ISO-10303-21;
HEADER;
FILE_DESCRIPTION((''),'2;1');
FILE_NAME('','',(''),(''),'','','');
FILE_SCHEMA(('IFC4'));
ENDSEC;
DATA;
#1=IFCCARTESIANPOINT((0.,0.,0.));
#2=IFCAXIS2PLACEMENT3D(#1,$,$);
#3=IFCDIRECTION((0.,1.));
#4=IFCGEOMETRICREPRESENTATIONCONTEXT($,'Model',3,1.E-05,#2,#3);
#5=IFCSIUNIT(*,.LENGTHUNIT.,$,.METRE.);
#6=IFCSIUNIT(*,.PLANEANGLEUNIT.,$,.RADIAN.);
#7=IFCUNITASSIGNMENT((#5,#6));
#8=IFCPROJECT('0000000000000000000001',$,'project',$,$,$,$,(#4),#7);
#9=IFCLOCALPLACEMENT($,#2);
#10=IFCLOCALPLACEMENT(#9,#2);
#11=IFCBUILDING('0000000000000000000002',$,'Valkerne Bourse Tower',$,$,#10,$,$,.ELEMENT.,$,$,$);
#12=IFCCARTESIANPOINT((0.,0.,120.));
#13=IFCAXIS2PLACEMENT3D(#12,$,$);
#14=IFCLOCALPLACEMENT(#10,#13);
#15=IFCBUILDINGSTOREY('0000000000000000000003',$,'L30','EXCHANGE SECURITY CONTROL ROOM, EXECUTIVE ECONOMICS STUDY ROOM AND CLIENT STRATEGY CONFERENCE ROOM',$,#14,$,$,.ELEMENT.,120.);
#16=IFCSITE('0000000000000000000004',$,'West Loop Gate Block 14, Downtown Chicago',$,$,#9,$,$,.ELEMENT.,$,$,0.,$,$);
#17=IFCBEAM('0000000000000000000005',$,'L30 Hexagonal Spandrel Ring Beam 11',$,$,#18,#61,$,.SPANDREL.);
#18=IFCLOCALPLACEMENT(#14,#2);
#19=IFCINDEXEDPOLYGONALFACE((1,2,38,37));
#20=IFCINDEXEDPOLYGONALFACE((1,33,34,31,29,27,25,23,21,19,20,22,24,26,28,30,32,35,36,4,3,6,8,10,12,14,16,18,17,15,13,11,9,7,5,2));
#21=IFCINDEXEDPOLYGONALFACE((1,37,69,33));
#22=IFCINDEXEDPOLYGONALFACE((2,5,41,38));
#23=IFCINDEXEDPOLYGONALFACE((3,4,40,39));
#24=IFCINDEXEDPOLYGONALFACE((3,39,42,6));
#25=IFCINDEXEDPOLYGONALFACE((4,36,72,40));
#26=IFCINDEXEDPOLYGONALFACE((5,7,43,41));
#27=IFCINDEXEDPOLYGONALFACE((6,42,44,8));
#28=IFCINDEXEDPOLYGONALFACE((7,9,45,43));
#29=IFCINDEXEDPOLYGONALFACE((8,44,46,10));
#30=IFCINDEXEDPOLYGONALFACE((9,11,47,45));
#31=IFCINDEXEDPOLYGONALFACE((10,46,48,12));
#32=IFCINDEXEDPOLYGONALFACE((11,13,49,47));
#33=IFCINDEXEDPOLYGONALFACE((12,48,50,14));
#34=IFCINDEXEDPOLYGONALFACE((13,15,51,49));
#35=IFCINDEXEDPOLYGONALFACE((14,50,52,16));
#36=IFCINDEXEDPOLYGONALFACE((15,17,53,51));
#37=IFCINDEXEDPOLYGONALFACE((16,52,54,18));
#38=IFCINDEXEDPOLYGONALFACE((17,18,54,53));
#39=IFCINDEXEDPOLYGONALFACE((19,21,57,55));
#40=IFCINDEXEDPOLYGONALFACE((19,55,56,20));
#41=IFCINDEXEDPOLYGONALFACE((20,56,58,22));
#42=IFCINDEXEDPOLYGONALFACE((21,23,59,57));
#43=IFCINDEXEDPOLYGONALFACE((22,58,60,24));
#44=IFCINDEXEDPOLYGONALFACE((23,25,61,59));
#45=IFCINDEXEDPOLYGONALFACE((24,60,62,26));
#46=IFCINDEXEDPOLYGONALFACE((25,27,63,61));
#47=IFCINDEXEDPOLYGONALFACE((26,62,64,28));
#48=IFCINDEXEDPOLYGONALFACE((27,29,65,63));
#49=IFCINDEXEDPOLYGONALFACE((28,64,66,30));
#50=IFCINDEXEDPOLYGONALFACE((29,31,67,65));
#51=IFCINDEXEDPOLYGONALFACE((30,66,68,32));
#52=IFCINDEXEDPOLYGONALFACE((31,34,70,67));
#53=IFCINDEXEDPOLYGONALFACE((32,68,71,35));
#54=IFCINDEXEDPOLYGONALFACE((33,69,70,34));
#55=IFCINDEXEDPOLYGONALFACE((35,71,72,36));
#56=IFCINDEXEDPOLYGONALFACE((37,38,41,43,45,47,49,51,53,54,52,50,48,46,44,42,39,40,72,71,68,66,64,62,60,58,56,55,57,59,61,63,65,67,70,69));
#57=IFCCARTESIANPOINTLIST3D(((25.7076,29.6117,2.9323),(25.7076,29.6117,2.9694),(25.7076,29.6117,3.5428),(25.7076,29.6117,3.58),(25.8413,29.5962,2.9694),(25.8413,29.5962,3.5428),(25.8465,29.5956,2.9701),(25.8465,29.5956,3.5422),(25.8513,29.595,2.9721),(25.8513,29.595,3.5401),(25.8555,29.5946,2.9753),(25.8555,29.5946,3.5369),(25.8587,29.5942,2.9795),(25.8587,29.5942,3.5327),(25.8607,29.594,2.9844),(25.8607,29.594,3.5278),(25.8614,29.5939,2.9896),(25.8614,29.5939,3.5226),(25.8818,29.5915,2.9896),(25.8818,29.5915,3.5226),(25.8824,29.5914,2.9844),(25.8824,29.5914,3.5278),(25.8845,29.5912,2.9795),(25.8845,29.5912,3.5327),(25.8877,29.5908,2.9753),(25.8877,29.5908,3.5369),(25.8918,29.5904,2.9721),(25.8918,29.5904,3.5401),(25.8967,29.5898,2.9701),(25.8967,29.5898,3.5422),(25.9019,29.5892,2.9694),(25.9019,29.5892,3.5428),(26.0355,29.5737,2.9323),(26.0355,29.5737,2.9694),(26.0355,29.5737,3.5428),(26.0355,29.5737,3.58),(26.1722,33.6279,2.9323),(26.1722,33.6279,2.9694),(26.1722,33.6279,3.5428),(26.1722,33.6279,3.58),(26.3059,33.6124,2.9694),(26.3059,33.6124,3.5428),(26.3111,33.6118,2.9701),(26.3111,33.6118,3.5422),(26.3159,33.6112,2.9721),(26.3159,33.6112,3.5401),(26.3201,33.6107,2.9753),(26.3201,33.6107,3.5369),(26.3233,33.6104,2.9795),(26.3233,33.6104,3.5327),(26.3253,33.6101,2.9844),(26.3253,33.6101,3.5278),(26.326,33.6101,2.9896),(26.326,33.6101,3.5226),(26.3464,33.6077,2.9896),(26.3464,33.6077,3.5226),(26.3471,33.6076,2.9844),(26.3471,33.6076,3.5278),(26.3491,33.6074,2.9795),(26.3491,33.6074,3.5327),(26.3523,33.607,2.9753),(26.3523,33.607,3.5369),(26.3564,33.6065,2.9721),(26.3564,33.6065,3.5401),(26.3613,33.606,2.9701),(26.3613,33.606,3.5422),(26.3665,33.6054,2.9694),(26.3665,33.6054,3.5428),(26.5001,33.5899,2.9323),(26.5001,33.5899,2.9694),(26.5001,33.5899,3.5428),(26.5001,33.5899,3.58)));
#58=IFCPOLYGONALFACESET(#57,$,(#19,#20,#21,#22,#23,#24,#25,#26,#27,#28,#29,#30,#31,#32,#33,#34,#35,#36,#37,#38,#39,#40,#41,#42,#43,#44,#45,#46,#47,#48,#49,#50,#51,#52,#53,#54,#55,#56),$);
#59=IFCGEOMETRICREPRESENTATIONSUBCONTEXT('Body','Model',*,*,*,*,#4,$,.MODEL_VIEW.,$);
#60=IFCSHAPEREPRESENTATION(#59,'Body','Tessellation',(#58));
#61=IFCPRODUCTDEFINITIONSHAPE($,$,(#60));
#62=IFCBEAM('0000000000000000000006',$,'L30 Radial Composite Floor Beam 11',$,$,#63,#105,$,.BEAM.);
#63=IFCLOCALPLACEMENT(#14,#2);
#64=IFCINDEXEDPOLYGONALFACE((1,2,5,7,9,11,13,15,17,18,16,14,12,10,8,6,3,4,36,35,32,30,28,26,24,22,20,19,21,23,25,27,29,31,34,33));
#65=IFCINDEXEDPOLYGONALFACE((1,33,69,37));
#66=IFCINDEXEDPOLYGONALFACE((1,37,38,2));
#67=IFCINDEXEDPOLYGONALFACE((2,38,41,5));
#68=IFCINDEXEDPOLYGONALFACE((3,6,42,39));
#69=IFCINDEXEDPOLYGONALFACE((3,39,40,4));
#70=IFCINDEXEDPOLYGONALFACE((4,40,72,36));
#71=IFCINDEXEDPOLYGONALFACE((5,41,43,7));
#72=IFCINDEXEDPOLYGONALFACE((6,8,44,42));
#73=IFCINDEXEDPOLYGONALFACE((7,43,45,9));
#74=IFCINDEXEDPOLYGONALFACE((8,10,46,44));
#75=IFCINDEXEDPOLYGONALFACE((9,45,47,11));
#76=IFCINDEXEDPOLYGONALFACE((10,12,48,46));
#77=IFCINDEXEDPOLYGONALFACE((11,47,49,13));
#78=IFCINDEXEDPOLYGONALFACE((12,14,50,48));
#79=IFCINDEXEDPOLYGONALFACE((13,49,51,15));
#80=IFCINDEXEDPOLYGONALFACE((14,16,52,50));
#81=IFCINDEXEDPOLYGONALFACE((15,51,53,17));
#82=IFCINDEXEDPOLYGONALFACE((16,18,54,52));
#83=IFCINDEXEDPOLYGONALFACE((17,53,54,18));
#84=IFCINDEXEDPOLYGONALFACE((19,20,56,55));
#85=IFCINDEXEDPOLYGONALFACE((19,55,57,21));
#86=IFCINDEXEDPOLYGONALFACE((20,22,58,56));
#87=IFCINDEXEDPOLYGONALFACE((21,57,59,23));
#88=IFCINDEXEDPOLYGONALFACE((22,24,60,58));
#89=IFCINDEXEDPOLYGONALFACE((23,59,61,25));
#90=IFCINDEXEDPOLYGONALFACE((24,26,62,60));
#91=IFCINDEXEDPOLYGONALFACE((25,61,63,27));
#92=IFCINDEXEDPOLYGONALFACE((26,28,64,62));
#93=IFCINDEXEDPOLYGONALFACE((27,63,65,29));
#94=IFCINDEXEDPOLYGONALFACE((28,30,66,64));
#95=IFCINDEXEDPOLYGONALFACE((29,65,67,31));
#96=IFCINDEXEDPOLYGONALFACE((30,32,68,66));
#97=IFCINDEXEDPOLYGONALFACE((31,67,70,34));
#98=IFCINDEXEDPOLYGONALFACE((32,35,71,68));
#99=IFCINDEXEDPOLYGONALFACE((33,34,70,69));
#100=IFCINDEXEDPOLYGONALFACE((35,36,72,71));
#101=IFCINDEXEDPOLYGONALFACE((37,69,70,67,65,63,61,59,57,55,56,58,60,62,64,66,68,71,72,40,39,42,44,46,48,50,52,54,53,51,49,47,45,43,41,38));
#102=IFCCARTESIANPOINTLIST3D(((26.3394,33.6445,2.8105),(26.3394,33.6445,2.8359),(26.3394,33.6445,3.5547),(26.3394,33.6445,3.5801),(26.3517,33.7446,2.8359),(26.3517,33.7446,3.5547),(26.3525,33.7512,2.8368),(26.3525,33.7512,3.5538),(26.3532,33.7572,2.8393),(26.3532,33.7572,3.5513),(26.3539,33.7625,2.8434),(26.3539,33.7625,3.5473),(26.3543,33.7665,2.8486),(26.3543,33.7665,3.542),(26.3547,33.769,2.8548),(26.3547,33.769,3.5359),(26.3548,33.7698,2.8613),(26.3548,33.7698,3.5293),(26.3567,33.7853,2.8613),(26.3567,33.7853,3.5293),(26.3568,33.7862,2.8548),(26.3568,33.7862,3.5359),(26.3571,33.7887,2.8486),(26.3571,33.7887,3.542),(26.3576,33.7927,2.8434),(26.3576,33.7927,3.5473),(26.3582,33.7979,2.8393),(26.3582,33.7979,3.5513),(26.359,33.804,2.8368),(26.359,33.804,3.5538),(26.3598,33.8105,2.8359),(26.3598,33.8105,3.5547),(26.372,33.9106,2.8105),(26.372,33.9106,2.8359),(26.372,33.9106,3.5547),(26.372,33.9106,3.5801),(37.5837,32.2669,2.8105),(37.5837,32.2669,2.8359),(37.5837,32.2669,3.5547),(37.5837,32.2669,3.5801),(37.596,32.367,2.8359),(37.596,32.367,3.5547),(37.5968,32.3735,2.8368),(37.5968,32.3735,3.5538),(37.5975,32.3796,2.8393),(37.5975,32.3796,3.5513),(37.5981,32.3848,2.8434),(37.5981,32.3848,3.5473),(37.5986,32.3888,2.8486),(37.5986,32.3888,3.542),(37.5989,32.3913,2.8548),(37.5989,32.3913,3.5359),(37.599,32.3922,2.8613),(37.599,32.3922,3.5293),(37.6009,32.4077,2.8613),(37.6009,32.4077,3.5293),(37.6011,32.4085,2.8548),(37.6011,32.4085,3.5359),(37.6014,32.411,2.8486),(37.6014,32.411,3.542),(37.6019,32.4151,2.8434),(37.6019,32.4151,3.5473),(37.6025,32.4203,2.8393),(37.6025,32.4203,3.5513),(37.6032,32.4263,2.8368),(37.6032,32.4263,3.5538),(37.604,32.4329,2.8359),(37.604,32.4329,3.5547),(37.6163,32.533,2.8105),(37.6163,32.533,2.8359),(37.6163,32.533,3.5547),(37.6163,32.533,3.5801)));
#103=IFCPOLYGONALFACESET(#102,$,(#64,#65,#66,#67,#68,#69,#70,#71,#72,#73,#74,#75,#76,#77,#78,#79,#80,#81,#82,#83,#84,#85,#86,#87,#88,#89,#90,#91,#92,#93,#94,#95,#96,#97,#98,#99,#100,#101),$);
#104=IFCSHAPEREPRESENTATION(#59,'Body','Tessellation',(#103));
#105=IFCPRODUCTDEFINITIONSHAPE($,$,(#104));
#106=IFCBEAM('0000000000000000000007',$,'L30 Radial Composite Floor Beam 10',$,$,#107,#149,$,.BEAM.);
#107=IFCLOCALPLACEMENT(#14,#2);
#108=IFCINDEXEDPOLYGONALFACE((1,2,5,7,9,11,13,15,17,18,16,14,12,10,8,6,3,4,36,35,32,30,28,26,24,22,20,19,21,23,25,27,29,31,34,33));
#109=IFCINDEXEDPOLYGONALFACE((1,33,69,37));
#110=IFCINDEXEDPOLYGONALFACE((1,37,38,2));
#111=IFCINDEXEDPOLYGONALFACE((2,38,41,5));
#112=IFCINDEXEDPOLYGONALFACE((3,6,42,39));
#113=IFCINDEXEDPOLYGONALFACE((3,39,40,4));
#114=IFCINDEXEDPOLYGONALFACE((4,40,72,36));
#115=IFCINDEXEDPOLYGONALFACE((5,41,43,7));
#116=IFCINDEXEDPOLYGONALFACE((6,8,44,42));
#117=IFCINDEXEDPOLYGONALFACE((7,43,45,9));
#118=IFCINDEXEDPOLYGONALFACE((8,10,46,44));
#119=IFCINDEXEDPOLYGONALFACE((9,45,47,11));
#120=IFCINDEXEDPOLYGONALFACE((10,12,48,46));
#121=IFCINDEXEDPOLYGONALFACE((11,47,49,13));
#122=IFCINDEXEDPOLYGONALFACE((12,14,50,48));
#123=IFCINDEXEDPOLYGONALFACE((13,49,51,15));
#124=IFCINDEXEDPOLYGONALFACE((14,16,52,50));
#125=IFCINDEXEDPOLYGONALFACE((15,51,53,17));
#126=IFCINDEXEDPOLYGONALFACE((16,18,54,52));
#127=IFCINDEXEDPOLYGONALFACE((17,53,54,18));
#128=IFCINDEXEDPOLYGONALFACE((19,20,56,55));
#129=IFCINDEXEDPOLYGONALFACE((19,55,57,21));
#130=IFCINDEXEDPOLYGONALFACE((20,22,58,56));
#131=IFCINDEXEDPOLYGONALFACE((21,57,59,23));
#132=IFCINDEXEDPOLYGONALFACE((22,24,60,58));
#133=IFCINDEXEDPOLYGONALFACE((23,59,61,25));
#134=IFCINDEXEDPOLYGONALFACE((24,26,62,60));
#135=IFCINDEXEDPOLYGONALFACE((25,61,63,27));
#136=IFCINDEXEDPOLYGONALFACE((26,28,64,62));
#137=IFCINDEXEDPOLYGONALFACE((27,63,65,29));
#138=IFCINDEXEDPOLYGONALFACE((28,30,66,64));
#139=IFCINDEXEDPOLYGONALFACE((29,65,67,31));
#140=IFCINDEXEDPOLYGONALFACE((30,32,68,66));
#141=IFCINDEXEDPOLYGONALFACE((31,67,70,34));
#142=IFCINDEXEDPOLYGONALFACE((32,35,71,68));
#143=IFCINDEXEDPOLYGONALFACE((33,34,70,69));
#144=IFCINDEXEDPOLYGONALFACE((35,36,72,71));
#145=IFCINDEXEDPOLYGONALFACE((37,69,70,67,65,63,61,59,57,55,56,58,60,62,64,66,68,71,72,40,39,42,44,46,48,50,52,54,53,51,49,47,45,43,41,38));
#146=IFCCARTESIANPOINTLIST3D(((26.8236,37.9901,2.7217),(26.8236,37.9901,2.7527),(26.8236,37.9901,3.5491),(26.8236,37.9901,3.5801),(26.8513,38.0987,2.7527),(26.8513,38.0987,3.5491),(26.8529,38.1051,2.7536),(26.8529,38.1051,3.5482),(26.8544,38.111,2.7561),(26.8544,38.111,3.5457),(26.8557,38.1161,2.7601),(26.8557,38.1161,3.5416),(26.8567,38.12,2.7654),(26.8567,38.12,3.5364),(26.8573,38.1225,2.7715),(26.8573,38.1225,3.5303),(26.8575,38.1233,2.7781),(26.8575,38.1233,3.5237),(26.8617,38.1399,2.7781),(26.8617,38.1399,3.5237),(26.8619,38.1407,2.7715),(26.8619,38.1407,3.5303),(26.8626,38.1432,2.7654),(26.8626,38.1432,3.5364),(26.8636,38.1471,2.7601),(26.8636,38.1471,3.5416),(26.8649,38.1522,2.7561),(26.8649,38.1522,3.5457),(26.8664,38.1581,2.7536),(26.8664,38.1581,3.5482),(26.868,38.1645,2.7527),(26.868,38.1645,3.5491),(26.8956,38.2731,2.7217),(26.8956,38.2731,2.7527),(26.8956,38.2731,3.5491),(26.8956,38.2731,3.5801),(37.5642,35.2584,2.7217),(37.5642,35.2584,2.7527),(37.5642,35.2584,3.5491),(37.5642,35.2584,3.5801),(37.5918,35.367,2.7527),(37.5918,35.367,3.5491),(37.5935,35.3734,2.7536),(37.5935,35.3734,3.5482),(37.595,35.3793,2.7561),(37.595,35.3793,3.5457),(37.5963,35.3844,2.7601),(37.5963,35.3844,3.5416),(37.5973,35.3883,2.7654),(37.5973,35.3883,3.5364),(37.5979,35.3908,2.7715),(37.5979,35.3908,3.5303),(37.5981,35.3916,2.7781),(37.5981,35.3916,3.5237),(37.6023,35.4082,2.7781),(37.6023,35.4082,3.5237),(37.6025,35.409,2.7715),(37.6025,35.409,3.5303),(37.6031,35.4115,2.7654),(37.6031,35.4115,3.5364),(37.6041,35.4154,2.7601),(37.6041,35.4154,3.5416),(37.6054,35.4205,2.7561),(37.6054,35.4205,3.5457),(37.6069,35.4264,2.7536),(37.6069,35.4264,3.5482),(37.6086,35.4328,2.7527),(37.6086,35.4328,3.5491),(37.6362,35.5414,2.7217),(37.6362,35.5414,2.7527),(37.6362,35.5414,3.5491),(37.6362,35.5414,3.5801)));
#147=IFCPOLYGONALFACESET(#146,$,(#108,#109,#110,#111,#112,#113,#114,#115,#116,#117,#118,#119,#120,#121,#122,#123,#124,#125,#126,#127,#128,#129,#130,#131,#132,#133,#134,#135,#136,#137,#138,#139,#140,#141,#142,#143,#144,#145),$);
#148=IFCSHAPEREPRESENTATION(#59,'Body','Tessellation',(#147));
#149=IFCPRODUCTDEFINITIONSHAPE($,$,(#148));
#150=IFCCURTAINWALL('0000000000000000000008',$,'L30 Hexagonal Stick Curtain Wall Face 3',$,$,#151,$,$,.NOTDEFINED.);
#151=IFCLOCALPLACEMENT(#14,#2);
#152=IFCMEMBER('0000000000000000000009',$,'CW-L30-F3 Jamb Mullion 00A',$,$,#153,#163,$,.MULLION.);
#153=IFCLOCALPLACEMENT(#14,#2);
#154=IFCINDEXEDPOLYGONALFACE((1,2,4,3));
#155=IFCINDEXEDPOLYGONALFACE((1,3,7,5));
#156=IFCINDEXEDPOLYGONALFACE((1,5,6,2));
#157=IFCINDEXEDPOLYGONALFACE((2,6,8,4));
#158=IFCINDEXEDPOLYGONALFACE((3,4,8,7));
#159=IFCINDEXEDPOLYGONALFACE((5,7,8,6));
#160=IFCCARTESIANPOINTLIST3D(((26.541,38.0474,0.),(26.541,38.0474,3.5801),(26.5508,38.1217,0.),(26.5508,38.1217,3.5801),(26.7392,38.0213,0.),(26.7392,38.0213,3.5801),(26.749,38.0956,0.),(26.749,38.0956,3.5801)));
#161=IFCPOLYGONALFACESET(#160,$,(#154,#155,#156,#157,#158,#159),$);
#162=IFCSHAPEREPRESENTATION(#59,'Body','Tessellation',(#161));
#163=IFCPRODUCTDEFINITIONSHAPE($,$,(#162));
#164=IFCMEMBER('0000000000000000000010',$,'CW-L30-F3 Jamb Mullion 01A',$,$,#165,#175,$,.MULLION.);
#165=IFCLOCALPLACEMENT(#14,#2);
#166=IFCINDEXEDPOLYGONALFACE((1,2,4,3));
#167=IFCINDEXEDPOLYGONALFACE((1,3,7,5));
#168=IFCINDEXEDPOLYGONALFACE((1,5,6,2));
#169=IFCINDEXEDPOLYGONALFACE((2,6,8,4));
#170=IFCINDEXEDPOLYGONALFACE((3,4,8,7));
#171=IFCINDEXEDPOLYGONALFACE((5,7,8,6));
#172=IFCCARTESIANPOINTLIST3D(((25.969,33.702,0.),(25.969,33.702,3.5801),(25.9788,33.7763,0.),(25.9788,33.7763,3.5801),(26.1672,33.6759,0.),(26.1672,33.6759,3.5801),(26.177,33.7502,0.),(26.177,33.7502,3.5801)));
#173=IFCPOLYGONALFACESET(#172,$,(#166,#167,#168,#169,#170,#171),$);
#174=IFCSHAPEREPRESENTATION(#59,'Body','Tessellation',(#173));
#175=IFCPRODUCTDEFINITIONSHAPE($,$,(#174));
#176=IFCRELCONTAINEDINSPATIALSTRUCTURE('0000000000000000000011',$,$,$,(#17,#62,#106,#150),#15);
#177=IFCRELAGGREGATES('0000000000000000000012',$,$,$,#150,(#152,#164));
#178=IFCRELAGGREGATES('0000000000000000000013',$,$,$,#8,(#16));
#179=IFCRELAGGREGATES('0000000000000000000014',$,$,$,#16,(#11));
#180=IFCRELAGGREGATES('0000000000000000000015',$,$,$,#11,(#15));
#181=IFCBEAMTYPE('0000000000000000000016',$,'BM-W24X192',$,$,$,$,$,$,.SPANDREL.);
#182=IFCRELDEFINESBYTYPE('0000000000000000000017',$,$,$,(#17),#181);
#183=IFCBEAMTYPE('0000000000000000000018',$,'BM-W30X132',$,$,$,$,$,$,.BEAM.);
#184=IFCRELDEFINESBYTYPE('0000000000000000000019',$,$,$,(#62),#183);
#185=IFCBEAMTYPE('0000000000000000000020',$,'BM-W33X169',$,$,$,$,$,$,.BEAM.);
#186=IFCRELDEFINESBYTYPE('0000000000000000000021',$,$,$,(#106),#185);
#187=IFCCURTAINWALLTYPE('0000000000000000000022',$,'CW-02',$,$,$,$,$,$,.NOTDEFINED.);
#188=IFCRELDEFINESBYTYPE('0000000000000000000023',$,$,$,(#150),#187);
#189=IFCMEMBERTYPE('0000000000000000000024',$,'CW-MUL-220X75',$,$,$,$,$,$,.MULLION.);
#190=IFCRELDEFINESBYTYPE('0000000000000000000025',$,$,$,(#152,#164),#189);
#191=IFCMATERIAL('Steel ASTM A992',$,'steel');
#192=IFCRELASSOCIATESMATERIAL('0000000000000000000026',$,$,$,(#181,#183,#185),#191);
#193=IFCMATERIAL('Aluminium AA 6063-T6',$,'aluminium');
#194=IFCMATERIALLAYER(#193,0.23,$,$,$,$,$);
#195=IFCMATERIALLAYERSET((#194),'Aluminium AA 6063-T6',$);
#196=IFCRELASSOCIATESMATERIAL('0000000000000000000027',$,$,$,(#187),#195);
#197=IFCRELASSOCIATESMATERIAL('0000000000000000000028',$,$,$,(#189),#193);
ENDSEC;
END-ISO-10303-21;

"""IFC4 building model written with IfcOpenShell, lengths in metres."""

from ifc_helpers import new_model, si_unit, direction, frame, origin, origin_2d, place, context, subcontext, project, spatial, rectangle, i_section, extrude, material, layer, layer_set, material_profile, profile_set, type_object, element, aggregate, save


model = new_model("IFC4")

# Units and contexts
model_context = context("Model", 3, precision=1e-05, world=origin(), true_north=direction((0.0, 1.0)))
body_context = subcontext(model_context, "Body", "Model", "MODEL_VIEW")
ifc_project = project(units=[si_unit("LENGTHUNIT", "METRE"), si_unit("PLANEANGLEUNIT", "RADIAN")], contexts=[model_context])

# Site, building, storey
site_placement = place(None, origin())
site = spatial("IfcSite", under=ifc_project, at=site_placement, Name="West Loop Gate Block 14, Downtown Chicago", CompositionType="ELEMENT", RefElevation=0.0)
building_placement = place(site_placement, origin())
building = spatial("IfcBuilding", under=site, at=building_placement, Name="Valkerne Bourse Tower", CompositionType="ELEMENT")
storey_placement = place(building_placement, frame((0.0, 0.0, 120.0)))
storey = spatial("IfcBuildingStorey", under=building, at=storey_placement, Name="L30", Description="EXCHANGE SECURITY CONTROL ROOM, EXECUTIVE ECONOMICS STUDY ROOM AND CLIENT STRATEGY CONFERENCE ROOM", CompositionType="ELEMENT", Elevation=120.0)

# Beams
ifc_material_1 = material(Name="Steel ASTM A992", Category="steel")
ifc_material_profile_1 = material_profile(ifc_material_1, i_section(OverallWidth=0.3301, OverallDepth=0.6477, WebThickness=0.0205, FlangeThickness=0.0371, FilletRadius=0.0203, at=origin_2d()), Name="W24X192")
ifc_profile_set_1 = profile_set([ifc_material_profile_1], Name="Steel ASTM A992")
beam_type_1 = type_object("IfcBeamType", Name="BM-W24X192", PredefinedType="SPANDREL", material=ifc_profile_set_1)
beam_1_placement = place(storey_placement, frame((26.3362, 33.6089, 3.2561), z_axis=(-0.114917, -0.993375, 0.0), x_axis=(0.993375, -0.114917, 0.0)))
element("IfcBeam", 1, at=beam_1_placement, inside=storey, type_object=beam_type_1, Name="L30 Hexagonal Spandrel Ring Beam 11", PredefinedType="SPANDREL", context=body_context, shape_type="SweptSolid", body=[
    extrude(i_section(OverallWidth=0.3301, OverallDepth=0.6477, WebThickness=0.0205, FlangeThickness=0.0371, FilletRadius=0.0203, at=origin_2d()), origin(), (0.0, 0.0, 1.0), 4.043),
])
ifc_material_profile_2 = material_profile(ifc_material_1, i_section(OverallWidth=0.2681, OverallDepth=0.7695, WebThickness=0.0156, FlangeThickness=0.0254, FilletRadius=0.0254, at=origin_2d()), Name="W30X132")
ifc_profile_set_2 = profile_set([ifc_material_profile_2], Name="Steel ASTM A992")
beam_type_2 = type_object("IfcBeamType", Name="BM-W30X132", PredefinedType="BEAM", material=ifc_profile_set_2)
beam_2_placement = place(storey_placement, frame((26.3557, 33.7776, 3.1953), z_axis=(0.992578, -0.121613, 0.0), x_axis=(0.121613, 0.992578, 0.0)))
element("IfcBeam", 2, at=beam_2_placement, inside=storey, type_object=beam_type_2, Name="L30 Radial Composite Floor Beam 11", PredefinedType="BEAM", context=body_context, shape_type="SweptSolid", body=[
    extrude(i_section(OverallWidth=0.2681, OverallDepth=0.7695, WebThickness=0.0156, FlangeThickness=0.0254, FilletRadius=0.0254, at=origin_2d()), origin(), (0.0, 0.0, 1.0), 11.3284),
])
ifc_material_profile_3 = material_profile(ifc_material_1, i_section(OverallWidth=0.292, OverallDepth=0.8584, WebThickness=0.0171, FlangeThickness=0.031, FilletRadius=0.0254, at=origin_2d()), Name="W33X169")
ifc_profile_set_3 = profile_set([ifc_material_profile_3], Name="Steel ASTM A992")
beam_type_3 = type_object("IfcBeamType", Name="BM-W33X169", PredefinedType="BEAM", material=ifc_profile_set_3)
beam_3_placement = place(storey_placement, frame((26.8596, 38.1316, 3.1509), z_axis=(0.969146, -0.246489, 0.0), x_axis=(0.246489, 0.969146, 0.0)))
element("IfcBeam", 3, at=beam_3_placement, inside=storey, type_object=beam_type_3, Name="L30 Radial Composite Floor Beam 10", PredefinedType="BEAM", context=body_context, shape_type="SweptSolid", body=[
    extrude(i_section(OverallWidth=0.292, OverallDepth=0.8584, WebThickness=0.0171, FlangeThickness=0.031, FilletRadius=0.0254, at=origin_2d()), origin(), (0.0, 0.0, 1.0), 11.0825),
])

# Curtain wall, members
ifc_material_2 = material(Name="Aluminium AA 6063-T6", Category="aluminium")
ifc_layer_1 = layer(ifc_material_2, 0.23)
ifc_layer_set_1 = layer_set([ifc_layer_1], Name="Aluminium AA 6063-T6")
curtain_wall_type = type_object("IfcCurtainWallType", Name="CW-02", PredefinedType="NOTDEFINED", material=ifc_layer_set_1)
curtain_wall_placement = place(storey_placement, origin())
curtain_wall = element("IfcCurtainWall", 4, at=curtain_wall_placement, inside=storey, type_object=curtain_wall_type, Name="L30 Hexagonal Stick Curtain Wall Face 3", PredefinedType="NOTDEFINED")
ifc_material_profile_4 = material_profile(ifc_material_2, rectangle(XDim=0.075, YDim=0.2, at=origin_2d()), Name="CWM-75X200")
ifc_profile_set_4 = profile_set([ifc_material_profile_4], Name="Aluminium AA 6063-T6")
member_type_1 = type_object("IfcMemberType", Name="CW-MUL-220X75", PredefinedType="MULLION", material=ifc_profile_set_4)
member_1_placement = place(storey_placement, frame((26.645, 38.0715, 0.0), z_axis=(0.0, 0.0, 1.0), x_axis=(-0.130527, -0.991445, 0.0)))
member_1 = element("IfcMember", 5, at=member_1_placement, type_object=member_type_1, Name="CW-L30-F3 Jamb Mullion 00A", PredefinedType="MULLION", context=body_context, shape_type="SweptSolid", body=[
    extrude(rectangle(XDim=0.075, YDim=0.2, at=origin_2d()), origin(), (0.0, 0.0, 1.0), 3.5801),
])
member_2_placement = place(storey_placement, frame((26.073, 33.7261, 0.0), z_axis=(0.0, 0.0, 1.0), x_axis=(-0.130527, -0.991445, 0.0)))
member_2 = element("IfcMember", 6, at=member_2_placement, type_object=member_type_1, Name="CW-L30-F3 Jamb Mullion 01A", PredefinedType="MULLION", context=body_context, shape_type="SweptSolid", body=[
    extrude(rectangle(XDim=0.075, YDim=0.2, at=origin_2d()), origin(), (0.0, 0.0, 1.0), 3.5801),
])

aggregate(curtain_wall, [member_1, member_2])

save(model, "model.ifc")
